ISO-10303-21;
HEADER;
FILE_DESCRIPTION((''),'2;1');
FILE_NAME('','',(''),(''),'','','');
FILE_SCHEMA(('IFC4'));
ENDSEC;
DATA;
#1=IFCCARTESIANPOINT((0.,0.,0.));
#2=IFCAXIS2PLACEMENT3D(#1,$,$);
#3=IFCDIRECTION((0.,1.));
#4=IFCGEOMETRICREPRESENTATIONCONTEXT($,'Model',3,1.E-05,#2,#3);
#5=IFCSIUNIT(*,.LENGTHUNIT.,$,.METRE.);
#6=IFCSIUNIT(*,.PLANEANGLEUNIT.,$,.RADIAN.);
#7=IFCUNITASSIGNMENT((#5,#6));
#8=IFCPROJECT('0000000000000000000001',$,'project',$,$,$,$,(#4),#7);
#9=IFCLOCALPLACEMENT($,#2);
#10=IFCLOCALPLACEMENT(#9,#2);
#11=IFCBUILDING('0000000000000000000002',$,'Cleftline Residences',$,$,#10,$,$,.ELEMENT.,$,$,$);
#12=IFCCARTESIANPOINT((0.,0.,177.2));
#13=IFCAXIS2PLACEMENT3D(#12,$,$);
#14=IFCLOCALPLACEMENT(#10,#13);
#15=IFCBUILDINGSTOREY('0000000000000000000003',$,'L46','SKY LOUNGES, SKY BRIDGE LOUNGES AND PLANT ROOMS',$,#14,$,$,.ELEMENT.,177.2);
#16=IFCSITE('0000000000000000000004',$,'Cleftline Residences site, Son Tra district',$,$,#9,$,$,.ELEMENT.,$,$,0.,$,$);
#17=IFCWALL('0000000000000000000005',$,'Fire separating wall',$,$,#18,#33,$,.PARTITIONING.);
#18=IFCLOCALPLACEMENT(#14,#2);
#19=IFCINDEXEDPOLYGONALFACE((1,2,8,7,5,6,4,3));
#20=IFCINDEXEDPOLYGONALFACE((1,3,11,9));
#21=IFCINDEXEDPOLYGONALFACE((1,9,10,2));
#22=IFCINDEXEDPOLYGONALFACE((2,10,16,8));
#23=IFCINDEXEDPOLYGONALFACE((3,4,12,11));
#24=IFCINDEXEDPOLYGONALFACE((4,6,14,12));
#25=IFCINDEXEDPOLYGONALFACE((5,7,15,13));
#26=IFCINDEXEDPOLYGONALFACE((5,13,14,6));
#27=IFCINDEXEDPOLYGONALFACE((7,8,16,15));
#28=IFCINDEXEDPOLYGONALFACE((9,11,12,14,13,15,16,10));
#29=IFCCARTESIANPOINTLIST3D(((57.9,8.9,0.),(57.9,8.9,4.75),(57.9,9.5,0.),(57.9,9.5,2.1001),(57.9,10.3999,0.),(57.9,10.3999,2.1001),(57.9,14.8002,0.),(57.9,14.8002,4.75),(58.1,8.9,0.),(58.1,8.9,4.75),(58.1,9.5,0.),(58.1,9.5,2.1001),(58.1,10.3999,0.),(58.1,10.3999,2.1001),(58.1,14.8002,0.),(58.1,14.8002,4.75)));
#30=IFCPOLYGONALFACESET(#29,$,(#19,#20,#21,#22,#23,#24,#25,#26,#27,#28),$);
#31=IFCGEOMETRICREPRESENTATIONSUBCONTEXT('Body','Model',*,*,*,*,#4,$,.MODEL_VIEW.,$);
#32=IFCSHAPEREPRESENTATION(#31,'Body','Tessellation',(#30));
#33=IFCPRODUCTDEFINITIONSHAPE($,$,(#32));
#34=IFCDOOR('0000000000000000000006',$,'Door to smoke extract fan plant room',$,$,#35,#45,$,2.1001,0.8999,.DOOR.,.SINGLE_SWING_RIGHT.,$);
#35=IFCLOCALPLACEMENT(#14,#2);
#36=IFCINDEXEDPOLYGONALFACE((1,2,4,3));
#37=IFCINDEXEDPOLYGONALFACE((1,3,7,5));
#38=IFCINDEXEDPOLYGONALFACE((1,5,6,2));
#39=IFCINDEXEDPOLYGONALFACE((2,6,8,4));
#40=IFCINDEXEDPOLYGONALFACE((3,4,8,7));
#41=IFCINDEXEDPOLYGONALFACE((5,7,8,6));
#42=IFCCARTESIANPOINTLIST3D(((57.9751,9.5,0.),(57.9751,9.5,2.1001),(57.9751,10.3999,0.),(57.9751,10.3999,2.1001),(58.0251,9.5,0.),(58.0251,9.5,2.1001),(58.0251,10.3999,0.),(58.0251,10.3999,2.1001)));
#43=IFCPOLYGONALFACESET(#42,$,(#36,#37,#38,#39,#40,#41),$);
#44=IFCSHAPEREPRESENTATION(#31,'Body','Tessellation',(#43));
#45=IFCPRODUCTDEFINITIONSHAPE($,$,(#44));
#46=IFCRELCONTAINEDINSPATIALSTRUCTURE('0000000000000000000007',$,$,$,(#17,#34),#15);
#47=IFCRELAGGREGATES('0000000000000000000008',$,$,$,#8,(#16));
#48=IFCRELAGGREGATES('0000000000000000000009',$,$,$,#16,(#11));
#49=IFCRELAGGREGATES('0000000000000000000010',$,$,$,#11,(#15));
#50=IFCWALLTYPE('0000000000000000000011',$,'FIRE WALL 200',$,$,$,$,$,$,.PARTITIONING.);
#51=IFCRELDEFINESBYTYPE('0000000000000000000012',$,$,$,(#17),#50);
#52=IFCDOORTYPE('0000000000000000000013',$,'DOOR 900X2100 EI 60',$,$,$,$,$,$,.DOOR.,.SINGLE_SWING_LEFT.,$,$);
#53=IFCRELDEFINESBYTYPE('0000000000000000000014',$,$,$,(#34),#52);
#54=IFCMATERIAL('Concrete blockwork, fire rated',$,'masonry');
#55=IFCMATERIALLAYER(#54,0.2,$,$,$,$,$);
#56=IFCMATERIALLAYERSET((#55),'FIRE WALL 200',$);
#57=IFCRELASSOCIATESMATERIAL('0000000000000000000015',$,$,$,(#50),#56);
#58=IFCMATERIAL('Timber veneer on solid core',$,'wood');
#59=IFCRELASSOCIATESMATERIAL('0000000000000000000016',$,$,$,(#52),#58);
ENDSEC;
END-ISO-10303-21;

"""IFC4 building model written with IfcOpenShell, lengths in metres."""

from ifc_helpers import new_model, si_unit, direction, frame, frame_2d, origin, place, context, subcontext, project, spatial, rectangle, extrude, material, layer, layer_set, type_object, element, fill, save


model = new_model("IFC4")

# Units and contexts
model_context = context("Model", 3, precision=1e-05, world=origin(), true_north=direction((0.0, 1.0)))
body_context = subcontext(model_context, "Body", "Model", "MODEL_VIEW")
ifc_project = project(units=[si_unit("LENGTHUNIT", "METRE"), si_unit("PLANEANGLEUNIT", "RADIAN")], contexts=[model_context])

# Site, building, storey
site_placement = place(None, origin())
site = spatial("IfcSite", under=ifc_project, at=site_placement, Name="Cleftline Residences site, Son Tra district", CompositionType="ELEMENT", RefElevation=0.0)
building_placement = place(site_placement, origin())
building = spatial("IfcBuilding", under=site, at=building_placement, Name="Cleftline Residences", CompositionType="ELEMENT")
storey_placement = place(building_placement, frame((0.0, 0.0, 177.2)))
storey = spatial("IfcBuildingStorey", under=building, at=storey_placement, Name="L46", Description="SKY LOUNGES, SKY BRIDGE LOUNGES AND PLANT ROOMS", CompositionType="ELEMENT", Elevation=177.2)

# Shared definitions
ifc_material_1 = material(Name="Concrete blockwork, fire rated", Category="masonry")
ifc_layer_1 = layer(ifc_material_1, 0.2)
ifc_layer_set_1 = layer_set([ifc_layer_1], Name="FIRE WALL 200")
wall_type_1 = type_object("IfcWallType", Name="FIRE WALL 200", PredefinedType="PARTITIONING", material=ifc_layer_set_1)

# Shared definitions
ifc_material_2 = material(Name="Timber veneer on solid core", Category="wood")
door_type = type_object("IfcDoorType", Name="DOOR 900X2100 EI 60", OperationType="SINGLE_SWING_LEFT", PredefinedType="DOOR", material=ifc_material_2)

# Wall, opening, door
wall_1_placement = place(storey_placement, frame((58.0, 8.8999, 0.0), z_axis=(0.0, 0.0, 1.0), x_axis=(0.0, 1.0, 0.0)))
wall_1 = element("IfcWall", 1, at=wall_1_placement, inside=storey, type_object=wall_type_1, Name="Fire separating wall", PredefinedType="PARTITIONING", context=body_context, shape_type="SweptSolid", body=[
    extrude(rectangle(XDim=5.9001, YDim=0.2, at=frame_2d((2.9502, 0.0))), origin(), (0.0, 0.0, 1.0), 4.75),
])
opening_1_placement = place(wall_1_placement, frame((0.6001, 0.0, 0.0)))
opening_1 = element("IfcOpeningElement", 2, at=opening_1_placement, cuts=wall_1, PredefinedType="OPENING", context=body_context, shape_type="SweptSolid", body=[
    extrude(rectangle(XDim=0.8999, YDim=2.1001, at=frame_2d((0.45, 1.05))), frame((0.0, 0.1099, 0.0), z_axis=(0.0, -1.0, 0.0), x_axis=(1.0, 0.0, 0.0)), (0.0, 0.0, 1.0), 0.22),
])
door_1_placement = place(opening_1_placement, origin())
door_1 = element("IfcDoor", 3, at=door_1_placement, inside=storey, type_object=door_type, Name="Door to smoke extract fan plant room", OperationType="SINGLE_SWING_RIGHT", OverallHeight=2.1001, OverallWidth=0.8999, PredefinedType="DOOR", context=body_context, shape_type="SweptSolid", body=[
    extrude(rectangle(XDim=0.8999, YDim=2.1001, at=frame_2d((0.45, 1.05))), frame((0.0, 0.0249, 0.0), z_axis=(0.0, -1.0, 0.0), x_axis=(1.0, 0.0, 0.0)), (0.0, 0.0, 1.0), 0.05),
])
fill(opening_1, door_1)

save(model, "model.ifc")
